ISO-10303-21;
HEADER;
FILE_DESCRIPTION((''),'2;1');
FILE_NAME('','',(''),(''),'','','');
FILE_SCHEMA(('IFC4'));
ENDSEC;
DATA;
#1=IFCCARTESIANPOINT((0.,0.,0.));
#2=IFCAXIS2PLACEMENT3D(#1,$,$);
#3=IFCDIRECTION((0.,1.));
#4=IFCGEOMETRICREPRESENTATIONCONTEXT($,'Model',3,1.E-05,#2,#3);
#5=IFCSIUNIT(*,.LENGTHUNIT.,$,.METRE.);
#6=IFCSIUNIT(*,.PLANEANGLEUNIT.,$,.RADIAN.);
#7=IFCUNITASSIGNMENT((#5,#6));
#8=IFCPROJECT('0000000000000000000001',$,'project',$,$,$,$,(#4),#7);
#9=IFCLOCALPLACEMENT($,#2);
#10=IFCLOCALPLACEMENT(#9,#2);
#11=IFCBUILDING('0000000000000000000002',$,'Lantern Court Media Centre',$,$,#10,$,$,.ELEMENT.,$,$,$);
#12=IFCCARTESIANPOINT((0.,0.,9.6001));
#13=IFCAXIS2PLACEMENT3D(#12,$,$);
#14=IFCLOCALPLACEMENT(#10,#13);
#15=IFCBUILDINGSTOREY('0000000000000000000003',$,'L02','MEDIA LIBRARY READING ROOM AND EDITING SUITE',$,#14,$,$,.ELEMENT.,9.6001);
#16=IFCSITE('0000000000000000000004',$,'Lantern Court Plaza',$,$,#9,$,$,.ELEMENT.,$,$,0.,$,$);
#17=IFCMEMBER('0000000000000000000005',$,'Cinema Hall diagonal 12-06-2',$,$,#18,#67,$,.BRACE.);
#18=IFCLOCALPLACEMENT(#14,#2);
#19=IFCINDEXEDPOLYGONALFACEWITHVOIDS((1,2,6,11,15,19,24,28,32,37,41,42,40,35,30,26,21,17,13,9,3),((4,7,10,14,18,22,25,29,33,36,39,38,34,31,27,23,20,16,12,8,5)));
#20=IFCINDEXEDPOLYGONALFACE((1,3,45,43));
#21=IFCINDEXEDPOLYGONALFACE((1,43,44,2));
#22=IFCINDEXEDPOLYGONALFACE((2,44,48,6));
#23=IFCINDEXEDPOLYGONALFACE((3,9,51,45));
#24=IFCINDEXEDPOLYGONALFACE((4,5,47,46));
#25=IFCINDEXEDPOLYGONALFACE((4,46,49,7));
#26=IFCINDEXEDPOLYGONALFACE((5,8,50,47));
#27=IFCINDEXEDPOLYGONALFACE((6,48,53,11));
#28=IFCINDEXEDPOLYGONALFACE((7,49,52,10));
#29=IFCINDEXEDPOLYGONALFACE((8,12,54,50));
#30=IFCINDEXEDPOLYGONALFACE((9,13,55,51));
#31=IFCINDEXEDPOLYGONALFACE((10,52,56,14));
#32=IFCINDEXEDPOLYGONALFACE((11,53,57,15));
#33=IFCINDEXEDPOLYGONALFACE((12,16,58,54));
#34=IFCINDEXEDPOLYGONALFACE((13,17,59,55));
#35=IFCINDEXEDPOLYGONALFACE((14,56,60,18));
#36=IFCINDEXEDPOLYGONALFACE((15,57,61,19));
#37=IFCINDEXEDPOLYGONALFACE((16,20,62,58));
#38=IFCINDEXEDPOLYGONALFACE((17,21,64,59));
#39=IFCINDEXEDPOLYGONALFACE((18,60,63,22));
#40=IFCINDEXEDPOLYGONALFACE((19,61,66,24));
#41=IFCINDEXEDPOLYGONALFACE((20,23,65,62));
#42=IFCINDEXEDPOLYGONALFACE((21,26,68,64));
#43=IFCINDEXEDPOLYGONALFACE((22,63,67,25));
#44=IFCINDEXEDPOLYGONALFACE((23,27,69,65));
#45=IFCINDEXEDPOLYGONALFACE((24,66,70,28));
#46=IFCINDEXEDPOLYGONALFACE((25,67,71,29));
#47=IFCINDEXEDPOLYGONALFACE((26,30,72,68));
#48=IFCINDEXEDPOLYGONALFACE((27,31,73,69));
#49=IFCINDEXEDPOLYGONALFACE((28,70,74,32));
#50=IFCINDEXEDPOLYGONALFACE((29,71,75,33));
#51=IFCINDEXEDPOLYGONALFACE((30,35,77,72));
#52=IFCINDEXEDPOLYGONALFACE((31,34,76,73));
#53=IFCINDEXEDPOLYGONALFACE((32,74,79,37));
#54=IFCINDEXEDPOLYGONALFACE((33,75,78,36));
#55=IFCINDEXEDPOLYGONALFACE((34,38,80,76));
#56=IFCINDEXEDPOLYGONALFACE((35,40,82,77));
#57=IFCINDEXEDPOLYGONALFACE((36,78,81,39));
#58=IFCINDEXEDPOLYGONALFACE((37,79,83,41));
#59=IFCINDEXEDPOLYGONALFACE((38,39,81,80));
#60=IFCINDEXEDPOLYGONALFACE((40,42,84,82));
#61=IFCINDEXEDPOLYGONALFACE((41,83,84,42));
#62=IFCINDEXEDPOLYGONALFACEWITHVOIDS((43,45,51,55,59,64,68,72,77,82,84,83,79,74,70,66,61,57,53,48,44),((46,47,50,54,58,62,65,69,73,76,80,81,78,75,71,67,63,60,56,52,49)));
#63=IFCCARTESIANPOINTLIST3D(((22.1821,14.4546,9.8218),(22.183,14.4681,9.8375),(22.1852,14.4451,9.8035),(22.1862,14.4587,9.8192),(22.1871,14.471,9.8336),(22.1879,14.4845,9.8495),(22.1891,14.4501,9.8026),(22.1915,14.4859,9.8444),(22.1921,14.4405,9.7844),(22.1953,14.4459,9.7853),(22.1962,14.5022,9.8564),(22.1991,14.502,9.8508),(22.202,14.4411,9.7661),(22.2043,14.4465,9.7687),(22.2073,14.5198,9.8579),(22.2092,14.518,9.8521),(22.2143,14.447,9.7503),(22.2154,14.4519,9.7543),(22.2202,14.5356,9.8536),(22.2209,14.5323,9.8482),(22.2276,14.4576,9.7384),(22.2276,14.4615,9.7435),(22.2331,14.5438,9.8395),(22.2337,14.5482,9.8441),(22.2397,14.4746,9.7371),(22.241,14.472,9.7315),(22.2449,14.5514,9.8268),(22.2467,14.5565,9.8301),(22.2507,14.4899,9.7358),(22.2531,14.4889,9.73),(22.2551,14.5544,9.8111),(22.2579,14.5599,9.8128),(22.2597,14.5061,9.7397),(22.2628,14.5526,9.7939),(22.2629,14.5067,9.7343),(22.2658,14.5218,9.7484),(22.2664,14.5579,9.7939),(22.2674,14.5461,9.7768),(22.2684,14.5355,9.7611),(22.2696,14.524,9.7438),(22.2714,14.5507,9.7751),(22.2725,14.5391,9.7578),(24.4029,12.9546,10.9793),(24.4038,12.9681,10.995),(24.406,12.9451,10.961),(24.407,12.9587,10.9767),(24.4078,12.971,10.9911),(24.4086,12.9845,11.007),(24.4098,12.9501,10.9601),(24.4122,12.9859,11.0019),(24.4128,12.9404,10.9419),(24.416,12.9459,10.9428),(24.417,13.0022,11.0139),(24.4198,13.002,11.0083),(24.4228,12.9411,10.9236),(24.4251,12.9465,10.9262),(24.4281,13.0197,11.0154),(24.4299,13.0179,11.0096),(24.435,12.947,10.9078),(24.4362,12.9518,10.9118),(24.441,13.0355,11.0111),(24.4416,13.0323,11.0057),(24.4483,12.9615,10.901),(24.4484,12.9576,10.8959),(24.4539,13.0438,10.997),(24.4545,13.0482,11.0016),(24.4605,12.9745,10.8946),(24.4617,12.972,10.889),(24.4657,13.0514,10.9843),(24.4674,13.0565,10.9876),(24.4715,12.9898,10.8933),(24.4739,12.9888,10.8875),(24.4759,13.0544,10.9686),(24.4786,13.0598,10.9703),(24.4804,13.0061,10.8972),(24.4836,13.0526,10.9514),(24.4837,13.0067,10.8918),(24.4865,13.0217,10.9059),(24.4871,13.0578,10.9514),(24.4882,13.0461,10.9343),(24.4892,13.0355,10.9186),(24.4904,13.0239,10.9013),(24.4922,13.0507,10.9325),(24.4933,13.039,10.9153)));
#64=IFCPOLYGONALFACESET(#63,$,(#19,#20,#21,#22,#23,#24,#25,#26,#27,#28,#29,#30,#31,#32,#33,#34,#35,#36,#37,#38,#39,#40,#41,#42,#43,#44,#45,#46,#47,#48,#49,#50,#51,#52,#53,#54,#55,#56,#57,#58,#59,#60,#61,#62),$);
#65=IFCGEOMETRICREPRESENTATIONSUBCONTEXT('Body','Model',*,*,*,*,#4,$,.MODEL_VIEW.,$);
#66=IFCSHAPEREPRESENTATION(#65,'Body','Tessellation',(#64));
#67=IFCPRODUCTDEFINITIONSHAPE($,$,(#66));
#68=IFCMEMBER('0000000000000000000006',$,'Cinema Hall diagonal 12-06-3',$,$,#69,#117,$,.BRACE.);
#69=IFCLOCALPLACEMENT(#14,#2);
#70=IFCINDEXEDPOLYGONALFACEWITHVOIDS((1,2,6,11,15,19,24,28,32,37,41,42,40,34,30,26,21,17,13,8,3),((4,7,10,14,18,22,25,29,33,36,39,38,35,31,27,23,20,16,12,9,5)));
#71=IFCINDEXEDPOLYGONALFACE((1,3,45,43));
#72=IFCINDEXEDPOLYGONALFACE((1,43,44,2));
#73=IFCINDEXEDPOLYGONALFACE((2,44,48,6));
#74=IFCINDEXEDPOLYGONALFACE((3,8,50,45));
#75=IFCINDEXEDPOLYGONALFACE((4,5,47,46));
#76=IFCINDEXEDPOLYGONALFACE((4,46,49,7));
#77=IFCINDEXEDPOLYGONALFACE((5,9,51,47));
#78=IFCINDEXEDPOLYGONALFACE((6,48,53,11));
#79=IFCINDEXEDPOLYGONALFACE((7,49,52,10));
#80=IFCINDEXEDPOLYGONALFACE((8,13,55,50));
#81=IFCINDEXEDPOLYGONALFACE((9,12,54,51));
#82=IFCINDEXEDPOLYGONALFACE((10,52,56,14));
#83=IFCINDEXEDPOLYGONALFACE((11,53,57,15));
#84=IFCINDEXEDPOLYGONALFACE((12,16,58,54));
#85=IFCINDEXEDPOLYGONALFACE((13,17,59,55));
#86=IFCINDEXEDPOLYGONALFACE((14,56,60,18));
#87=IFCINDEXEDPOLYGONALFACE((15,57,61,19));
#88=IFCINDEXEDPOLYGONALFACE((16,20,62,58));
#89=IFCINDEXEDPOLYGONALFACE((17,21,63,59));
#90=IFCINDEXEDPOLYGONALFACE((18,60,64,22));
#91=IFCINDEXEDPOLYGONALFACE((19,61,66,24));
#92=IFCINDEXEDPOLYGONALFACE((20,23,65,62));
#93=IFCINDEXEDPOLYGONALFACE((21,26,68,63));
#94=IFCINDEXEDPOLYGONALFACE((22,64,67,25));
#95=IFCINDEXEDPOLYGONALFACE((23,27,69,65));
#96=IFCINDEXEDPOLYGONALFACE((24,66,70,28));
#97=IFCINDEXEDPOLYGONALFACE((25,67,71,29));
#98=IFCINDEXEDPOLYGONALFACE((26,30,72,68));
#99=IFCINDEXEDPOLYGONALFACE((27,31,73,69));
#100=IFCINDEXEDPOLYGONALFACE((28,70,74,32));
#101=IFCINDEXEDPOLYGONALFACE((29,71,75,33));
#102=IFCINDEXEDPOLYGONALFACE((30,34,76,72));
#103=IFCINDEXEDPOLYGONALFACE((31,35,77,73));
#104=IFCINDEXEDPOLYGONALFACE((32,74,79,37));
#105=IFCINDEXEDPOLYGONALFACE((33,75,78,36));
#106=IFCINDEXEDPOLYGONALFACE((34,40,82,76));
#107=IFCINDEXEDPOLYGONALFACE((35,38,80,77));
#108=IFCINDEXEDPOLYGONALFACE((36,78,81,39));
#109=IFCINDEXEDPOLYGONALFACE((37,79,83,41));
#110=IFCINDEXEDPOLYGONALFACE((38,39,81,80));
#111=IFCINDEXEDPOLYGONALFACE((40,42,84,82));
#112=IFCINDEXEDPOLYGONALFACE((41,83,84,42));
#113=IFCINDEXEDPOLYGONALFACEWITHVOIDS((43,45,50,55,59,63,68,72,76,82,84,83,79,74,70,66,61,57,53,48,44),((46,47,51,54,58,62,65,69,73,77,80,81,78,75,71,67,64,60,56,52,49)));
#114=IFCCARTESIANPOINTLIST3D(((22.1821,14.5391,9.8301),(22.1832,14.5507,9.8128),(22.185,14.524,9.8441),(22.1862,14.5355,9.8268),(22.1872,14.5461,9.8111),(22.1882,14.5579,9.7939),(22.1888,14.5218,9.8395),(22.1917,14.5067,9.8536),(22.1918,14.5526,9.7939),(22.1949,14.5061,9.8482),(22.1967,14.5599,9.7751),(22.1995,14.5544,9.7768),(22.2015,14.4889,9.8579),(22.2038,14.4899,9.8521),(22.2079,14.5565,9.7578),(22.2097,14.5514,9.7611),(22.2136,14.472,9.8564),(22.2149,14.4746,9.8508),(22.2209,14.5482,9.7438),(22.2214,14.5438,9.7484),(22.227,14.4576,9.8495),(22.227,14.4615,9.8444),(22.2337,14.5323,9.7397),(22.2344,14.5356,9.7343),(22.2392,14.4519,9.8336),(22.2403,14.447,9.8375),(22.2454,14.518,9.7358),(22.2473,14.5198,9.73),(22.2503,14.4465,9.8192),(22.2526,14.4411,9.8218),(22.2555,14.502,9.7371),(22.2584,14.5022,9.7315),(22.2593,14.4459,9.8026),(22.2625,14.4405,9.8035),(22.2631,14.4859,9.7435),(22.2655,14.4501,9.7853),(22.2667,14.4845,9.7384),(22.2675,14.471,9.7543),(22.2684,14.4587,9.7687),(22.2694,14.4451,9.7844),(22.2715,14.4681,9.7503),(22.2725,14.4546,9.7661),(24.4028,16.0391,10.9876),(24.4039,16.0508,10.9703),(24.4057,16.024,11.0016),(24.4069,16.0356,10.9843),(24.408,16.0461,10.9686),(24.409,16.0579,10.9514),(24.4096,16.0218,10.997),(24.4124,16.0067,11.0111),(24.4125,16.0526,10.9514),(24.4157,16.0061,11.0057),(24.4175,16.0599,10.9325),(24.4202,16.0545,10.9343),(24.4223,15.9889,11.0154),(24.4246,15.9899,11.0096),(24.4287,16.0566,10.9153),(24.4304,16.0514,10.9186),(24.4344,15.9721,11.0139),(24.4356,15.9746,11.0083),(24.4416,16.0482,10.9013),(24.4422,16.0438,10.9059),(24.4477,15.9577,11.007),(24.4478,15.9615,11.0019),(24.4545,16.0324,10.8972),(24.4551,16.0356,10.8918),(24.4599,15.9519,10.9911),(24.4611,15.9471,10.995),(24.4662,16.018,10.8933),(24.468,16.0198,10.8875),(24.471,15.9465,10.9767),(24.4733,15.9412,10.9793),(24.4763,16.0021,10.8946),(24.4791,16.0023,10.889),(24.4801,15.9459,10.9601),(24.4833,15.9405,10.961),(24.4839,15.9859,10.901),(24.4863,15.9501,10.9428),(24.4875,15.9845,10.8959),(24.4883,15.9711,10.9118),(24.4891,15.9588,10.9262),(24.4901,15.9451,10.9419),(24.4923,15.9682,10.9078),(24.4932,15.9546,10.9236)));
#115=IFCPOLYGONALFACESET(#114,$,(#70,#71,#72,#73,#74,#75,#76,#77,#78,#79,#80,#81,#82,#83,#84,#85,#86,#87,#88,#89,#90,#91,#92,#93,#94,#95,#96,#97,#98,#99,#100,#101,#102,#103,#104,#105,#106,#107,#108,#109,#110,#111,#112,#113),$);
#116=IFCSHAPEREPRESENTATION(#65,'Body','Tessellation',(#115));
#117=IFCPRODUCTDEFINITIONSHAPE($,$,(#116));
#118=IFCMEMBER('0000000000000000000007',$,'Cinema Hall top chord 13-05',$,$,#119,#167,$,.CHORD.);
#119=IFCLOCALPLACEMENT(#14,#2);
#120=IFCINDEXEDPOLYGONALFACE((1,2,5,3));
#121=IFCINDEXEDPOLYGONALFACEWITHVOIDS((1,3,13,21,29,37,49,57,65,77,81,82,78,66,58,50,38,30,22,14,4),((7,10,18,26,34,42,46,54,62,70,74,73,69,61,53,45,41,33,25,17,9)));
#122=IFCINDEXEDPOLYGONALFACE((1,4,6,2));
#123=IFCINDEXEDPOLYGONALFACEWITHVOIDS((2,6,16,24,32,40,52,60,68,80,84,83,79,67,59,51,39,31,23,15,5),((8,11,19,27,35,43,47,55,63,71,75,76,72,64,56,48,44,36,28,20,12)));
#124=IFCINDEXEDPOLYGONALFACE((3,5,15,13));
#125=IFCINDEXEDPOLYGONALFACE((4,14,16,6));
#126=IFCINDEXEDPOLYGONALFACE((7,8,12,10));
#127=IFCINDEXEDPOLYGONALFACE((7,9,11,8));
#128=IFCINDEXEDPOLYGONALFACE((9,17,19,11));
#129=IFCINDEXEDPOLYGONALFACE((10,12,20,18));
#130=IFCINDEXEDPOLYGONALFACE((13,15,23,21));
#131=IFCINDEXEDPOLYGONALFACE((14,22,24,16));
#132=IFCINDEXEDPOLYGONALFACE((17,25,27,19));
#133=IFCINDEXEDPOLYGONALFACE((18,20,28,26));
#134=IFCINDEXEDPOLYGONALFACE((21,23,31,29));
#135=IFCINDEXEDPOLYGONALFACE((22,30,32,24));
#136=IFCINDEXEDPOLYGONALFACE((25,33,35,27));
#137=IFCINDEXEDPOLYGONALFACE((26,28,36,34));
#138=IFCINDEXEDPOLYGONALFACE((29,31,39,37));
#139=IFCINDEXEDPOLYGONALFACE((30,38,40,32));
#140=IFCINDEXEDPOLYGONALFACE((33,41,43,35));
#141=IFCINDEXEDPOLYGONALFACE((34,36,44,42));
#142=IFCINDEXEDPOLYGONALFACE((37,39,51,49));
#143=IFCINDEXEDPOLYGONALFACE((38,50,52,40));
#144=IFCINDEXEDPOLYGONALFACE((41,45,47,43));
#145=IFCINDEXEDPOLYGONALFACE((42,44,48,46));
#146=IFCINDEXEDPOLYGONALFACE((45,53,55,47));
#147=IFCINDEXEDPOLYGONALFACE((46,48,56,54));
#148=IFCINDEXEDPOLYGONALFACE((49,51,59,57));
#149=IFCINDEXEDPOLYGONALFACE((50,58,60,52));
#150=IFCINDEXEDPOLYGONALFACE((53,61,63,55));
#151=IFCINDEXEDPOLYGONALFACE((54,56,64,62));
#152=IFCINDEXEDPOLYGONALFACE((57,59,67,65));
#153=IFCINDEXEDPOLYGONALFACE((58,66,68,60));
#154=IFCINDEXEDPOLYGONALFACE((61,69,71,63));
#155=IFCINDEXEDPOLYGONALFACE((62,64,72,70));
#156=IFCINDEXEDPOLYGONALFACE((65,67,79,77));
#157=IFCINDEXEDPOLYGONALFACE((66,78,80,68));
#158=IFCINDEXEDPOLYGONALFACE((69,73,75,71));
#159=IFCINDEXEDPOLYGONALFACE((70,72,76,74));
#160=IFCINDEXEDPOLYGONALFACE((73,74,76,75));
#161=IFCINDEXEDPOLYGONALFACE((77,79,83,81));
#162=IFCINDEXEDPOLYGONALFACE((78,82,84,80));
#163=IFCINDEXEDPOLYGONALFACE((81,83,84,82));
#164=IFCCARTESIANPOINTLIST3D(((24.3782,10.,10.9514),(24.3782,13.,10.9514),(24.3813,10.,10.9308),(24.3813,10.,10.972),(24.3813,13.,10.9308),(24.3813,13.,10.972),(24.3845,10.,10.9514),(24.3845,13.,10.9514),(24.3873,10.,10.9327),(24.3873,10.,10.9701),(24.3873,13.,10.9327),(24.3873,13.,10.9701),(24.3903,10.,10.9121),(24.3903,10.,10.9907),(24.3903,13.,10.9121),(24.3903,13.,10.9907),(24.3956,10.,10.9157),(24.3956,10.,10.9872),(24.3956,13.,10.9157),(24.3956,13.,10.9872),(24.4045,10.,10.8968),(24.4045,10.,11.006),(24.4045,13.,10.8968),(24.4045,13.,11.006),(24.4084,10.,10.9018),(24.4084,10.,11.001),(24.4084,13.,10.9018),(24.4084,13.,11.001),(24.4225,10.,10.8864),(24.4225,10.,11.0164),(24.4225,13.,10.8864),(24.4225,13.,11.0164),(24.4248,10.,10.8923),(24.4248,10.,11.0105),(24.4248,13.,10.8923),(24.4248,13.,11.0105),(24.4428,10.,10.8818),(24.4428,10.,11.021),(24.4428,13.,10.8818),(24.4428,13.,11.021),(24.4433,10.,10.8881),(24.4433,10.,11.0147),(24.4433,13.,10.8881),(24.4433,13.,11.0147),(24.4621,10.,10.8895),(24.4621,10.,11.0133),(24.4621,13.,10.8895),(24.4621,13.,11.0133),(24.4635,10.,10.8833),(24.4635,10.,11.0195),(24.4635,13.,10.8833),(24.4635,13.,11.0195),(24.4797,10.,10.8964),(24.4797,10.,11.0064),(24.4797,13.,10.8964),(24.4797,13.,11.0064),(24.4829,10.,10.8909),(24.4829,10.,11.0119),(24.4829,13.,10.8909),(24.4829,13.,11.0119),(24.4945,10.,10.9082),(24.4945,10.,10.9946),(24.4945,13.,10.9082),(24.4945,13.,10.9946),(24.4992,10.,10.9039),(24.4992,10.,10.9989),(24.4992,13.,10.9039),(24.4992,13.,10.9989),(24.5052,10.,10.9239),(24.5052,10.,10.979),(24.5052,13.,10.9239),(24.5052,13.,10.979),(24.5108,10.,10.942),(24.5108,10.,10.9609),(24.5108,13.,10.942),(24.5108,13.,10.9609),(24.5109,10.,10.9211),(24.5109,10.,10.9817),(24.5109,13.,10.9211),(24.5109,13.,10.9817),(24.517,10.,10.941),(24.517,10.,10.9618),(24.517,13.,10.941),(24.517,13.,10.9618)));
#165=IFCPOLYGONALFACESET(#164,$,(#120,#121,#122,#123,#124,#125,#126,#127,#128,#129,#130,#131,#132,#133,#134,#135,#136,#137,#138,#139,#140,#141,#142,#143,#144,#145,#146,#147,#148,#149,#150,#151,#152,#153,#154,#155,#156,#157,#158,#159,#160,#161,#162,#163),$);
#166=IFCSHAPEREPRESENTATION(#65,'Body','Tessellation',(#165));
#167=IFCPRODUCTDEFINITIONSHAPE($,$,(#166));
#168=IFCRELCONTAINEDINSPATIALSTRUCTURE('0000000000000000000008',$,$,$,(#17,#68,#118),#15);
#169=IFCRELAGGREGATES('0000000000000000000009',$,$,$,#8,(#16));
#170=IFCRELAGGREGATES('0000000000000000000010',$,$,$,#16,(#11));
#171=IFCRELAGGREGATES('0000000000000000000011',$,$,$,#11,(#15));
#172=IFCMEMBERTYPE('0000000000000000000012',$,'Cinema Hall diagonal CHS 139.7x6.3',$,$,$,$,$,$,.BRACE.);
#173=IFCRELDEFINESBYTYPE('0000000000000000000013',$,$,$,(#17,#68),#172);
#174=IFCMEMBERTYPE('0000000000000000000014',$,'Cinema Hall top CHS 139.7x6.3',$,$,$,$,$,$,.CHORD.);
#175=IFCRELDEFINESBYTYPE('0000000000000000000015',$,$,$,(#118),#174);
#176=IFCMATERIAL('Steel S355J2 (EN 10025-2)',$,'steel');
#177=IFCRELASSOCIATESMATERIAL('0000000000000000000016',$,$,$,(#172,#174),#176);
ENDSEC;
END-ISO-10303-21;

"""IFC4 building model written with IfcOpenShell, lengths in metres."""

from ifc_helpers import new_model, si_unit, direction, frame, origin, origin_2d, place, context, subcontext, project, spatial, hollow_circle, extrude, material, material_profile, profile_set, type_object, element, save


model = new_model("IFC4")

# Units and contexts
model_context = context("Model", 3, precision=1e-05, world=origin(), true_north=direction((0.0, 1.0)))
body_context = subcontext(model_context, "Body", "Model", "MODEL_VIEW")
ifc_project = project(units=[si_unit("LENGTHUNIT", "METRE"), si_unit("PLANEANGLEUNIT", "RADIAN")], contexts=[model_context])

# Site, building, storey
site_placement = place(None, origin())
site = spatial("IfcSite", under=ifc_project, at=site_placement, Name="Lantern Court Plaza", CompositionType="ELEMENT", RefElevation=0.0)
building_placement = place(site_placement, origin())
building = spatial("IfcBuilding", under=site, at=building_placement, Name="Lantern Court Media Centre", CompositionType="ELEMENT")
storey_placement = place(building_placement, frame((0.0, 0.0, 9.6001)))
storey = spatial("IfcBuildingStorey", under=building, at=storey_placement, Name="L02", Description="MEDIA LIBRARY READING ROOM AND EDITING SUITE", CompositionType="ELEMENT", Elevation=9.6001)

# Members
ifc_material = material(Name="Steel S355J2 (EN 10025-2)", Category="steel")
ifc_material_profile_1 = material_profile(ifc_material, hollow_circle(Radius=0.0698, WallThickness=0.0063, at=origin_2d()), Name="Cinema Hall diagonal CHS 139.7x6.3")
ifc_profile_set_1 = profile_set([ifc_material_profile_1], Name="Steel S355J2 (EN 10025-2)")
member_type_1 = type_object("IfcMemberType", Name="Cinema Hall diagonal CHS 139.7x6.3", PredefinedType="BRACE", material=ifc_profile_set_1)
for number, where, z_axis, x_axis, name in (
    (1, (22.2273, 14.5, 9.7939), (0.760744, -0.513854, 0.396514), (0.559736, 0.828671, 0.0), "Cinema Hall diagonal 12-06-2"),
    (2, (22.2273, 14.5, 9.7939), (0.760744, 0.513854, 0.396514), (-0.559736, 0.828671, 0.0), "Cinema Hall diagonal 12-06-3"),
):
    element("IfcMember", number, at=place(storey_placement, frame(where, z_axis=z_axis, x_axis=x_axis)), inside=storey, type_object=member_type_1, Name=name, PredefinedType="BRACE", context=body_context, shape_type="SweptSolid", body=[
        extrude(hollow_circle(Radius=0.0698, WallThickness=0.0063, at=origin_2d()), origin(), (0.0, 0.0, 1.0), 2.9192),
    ])
ifc_material_profile_2 = material_profile(ifc_material, hollow_circle(Radius=0.0698, WallThickness=0.0063, at=origin_2d()), Name="Cinema Hall top CHS 139.7x6.3")
ifc_profile_set_2 = profile_set([ifc_material_profile_2], Name="Steel S355J2 (EN 10025-2)")
member_type_2 = type_object("IfcMemberType", Name="Cinema Hall top CHS 139.7x6.3", PredefinedType="CHORD", material=ifc_profile_set_2)
for number, where, z_axis, x_axis, name in (
    (3, (24.448, 10.0, 10.9514), (0.0, 1.0, 0.0), (-1.0, 0.0, 0.0), "Cinema Hall top chord 13-05"),
):
    element("IfcMember", number, at=place(storey_placement, frame(where, z_axis=z_axis, x_axis=x_axis)), inside=storey, type_object=member_type_2, Name=name, PredefinedType="CHORD", context=body_context, shape_type="SweptSolid", body=[
        extrude(hollow_circle(Radius=0.0698, WallThickness=0.0063, at=origin_2d()), origin(), (0.0, 0.0, 1.0), 3.0),
    ])

save(model, "model.ifc")
